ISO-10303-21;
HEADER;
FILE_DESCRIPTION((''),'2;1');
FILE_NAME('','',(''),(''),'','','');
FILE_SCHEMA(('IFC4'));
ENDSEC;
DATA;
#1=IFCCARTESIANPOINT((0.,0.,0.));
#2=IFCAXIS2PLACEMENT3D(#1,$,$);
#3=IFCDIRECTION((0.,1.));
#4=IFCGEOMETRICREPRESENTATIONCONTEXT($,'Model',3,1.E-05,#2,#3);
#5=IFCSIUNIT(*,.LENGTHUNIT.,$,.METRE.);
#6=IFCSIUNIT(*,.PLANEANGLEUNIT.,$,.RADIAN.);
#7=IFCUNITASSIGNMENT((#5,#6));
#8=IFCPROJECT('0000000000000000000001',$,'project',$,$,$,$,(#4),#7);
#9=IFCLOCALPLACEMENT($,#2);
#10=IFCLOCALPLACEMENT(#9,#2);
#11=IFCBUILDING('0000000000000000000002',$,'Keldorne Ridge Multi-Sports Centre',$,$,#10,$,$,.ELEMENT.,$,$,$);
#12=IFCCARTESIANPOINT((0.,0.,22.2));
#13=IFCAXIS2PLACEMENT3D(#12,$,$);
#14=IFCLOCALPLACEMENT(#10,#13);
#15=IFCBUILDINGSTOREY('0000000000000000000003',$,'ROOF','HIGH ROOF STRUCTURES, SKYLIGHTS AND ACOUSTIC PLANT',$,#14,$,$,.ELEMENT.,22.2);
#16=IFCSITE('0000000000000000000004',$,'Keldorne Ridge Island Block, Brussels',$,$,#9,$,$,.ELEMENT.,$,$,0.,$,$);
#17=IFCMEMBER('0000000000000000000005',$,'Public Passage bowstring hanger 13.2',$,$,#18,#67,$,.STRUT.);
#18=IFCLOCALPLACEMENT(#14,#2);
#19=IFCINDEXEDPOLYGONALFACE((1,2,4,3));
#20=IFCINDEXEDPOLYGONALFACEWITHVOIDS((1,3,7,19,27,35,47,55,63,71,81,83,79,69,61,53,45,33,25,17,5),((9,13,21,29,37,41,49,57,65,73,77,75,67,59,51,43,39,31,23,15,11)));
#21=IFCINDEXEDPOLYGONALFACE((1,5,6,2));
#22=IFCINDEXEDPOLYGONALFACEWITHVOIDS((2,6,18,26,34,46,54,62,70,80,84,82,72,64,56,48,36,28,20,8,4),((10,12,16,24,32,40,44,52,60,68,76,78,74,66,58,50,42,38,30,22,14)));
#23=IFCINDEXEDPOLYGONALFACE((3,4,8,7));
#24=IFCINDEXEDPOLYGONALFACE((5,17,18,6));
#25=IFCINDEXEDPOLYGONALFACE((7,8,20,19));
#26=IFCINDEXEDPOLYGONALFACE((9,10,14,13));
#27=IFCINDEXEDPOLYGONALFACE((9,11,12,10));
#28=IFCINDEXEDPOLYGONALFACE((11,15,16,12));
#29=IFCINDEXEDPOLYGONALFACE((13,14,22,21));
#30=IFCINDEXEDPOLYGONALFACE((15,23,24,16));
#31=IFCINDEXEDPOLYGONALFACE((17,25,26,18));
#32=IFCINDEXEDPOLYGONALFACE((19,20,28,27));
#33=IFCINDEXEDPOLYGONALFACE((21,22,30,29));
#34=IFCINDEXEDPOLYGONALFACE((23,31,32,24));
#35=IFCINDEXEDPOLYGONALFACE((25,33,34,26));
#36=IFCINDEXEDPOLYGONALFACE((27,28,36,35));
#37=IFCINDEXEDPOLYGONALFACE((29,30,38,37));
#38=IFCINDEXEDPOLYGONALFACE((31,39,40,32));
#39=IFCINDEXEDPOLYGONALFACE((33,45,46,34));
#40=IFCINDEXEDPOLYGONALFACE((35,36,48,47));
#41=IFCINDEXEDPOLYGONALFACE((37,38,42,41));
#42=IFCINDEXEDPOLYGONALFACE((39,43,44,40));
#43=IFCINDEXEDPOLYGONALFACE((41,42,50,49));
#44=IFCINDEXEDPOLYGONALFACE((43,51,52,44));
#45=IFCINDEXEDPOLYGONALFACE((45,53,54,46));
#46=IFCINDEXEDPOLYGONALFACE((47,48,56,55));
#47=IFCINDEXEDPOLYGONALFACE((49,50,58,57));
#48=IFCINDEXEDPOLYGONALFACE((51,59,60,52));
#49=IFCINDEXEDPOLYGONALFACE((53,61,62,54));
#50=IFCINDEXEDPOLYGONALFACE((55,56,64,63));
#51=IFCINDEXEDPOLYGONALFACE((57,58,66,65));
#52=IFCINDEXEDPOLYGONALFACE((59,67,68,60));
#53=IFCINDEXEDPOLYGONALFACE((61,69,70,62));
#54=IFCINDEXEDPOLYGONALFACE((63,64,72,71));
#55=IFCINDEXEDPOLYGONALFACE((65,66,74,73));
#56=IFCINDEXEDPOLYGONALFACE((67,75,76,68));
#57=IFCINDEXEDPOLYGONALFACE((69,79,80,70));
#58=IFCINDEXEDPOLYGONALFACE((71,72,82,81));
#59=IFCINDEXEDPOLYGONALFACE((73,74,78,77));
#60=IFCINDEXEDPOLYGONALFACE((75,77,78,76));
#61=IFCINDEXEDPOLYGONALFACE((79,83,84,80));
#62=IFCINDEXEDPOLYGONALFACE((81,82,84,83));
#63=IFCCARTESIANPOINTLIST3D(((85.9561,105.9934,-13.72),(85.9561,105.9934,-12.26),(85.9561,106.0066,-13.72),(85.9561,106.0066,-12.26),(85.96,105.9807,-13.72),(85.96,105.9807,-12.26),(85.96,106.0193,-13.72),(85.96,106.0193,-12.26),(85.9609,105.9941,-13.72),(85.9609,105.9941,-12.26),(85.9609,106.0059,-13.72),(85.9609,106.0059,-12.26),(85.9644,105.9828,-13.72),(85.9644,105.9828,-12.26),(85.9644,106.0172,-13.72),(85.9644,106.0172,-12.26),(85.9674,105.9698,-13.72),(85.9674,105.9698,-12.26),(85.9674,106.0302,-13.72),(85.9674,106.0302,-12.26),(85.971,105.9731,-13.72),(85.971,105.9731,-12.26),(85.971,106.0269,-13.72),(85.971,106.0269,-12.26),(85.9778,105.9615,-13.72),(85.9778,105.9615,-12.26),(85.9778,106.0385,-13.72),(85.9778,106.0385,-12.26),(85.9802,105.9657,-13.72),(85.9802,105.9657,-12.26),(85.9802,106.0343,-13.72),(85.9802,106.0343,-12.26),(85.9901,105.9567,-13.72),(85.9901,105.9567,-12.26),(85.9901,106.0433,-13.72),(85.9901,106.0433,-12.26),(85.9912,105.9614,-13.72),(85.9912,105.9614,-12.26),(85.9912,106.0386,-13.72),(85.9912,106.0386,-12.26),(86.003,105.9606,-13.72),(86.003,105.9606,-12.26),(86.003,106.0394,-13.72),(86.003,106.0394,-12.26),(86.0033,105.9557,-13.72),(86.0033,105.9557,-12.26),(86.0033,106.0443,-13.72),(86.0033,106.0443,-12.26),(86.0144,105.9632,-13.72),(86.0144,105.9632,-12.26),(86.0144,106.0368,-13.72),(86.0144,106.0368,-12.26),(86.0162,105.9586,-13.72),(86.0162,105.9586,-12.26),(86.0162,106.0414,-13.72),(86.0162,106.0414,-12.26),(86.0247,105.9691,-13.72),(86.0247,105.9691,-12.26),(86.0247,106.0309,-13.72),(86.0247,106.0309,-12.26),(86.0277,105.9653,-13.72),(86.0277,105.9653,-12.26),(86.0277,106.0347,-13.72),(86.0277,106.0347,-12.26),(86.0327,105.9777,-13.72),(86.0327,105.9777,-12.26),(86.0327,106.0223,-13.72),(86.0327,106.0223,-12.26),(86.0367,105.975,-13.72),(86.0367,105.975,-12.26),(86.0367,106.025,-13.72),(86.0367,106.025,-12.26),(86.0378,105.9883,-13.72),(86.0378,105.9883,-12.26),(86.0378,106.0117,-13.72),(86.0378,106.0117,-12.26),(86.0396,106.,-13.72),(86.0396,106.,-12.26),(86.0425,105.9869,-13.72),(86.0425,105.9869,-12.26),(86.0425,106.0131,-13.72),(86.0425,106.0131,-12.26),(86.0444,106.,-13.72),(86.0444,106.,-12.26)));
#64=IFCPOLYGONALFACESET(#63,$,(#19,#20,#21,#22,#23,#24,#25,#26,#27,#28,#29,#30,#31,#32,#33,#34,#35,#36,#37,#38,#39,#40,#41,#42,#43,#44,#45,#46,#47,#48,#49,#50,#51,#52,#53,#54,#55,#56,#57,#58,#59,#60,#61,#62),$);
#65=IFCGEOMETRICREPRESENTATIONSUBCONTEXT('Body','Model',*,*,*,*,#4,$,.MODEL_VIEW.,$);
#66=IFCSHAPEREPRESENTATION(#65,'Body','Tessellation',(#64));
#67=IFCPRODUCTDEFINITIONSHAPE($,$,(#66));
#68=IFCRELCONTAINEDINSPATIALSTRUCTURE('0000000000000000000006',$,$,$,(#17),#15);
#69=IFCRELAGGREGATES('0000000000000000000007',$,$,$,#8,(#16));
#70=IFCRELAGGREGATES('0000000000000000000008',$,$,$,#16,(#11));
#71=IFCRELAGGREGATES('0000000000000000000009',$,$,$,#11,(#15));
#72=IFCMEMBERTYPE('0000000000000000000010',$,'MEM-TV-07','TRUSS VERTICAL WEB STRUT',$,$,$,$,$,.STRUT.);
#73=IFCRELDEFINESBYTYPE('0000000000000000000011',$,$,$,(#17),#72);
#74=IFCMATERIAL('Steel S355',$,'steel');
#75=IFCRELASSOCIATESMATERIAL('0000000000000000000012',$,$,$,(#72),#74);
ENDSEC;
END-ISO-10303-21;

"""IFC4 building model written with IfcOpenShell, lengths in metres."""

from ifc_helpers import new_model, si_unit, direction, frame, origin, origin_2d, place, context, subcontext, project, spatial, hollow_circle, extrude, material, material_profile, profile_set, type_object, element, save


model = new_model("IFC4")

# Units and contexts
model_context = context("Model", 3, precision=1e-05, world=origin(), true_north=direction((0.0, 1.0)))
body_context = subcontext(model_context, "Body", "Model", "MODEL_VIEW")
ifc_project = project(units=[si_unit("LENGTHUNIT", "METRE"), si_unit("PLANEANGLEUNIT", "RADIAN")], contexts=[model_context])

# Site, building, storey
site_placement = place(None, origin())
site = spatial("IfcSite", under=ifc_project, at=site_placement, Name="Keldorne Ridge Island Block, Brussels", CompositionType="ELEMENT", RefElevation=0.0)
building_placement = place(site_placement, origin())
building = spatial("IfcBuilding", under=site, at=building_placement, Name="Keldorne Ridge Multi-Sports Centre", CompositionType="ELEMENT")
storey_placement = place(building_placement, frame((0.0, 0.0, 22.2)))
storey = spatial("IfcBuildingStorey", under=building, at=storey_placement, Name="ROOF", Description="HIGH ROOF STRUCTURES, SKYLIGHTS AND ACOUSTIC PLANT", CompositionType="ELEMENT", Elevation=22.2)

# Member
ifc_material = material(Name="Steel S355", Category="steel")
ifc_material_profile_1 = material_profile(ifc_material, hollow_circle(Radius=0.0444, WallThickness=0.0049, at=origin_2d()), Name="CHS 88.9x5")
ifc_profile_set_1 = profile_set([ifc_material_profile_1], Name="Steel S355")
member_type_1 = type_object("IfcMemberType", Name="MEM-TV-07", Description="TRUSS VERTICAL WEB STRUT", PredefinedType="STRUT", material=ifc_profile_set_1)
member_1_placement = place(storey_placement, frame((86.0, 106.0, -13.72), z_axis=(0.0, 0.0, 1.0), x_axis=(1.0, 0.0, 0.0)))
element("IfcMember", 1, at=member_1_placement, inside=storey, type_object=member_type_1, Name="Public Passage bowstring hanger 13.2", PredefinedType="STRUT", context=body_context, shape_type="SweptSolid", body=[
    extrude(hollow_circle(Radius=0.0444, WallThickness=0.0049, at=origin_2d()), origin(), (0.0, 0.0, 1.0), 1.46),
])

save(model, "model.ifc")
